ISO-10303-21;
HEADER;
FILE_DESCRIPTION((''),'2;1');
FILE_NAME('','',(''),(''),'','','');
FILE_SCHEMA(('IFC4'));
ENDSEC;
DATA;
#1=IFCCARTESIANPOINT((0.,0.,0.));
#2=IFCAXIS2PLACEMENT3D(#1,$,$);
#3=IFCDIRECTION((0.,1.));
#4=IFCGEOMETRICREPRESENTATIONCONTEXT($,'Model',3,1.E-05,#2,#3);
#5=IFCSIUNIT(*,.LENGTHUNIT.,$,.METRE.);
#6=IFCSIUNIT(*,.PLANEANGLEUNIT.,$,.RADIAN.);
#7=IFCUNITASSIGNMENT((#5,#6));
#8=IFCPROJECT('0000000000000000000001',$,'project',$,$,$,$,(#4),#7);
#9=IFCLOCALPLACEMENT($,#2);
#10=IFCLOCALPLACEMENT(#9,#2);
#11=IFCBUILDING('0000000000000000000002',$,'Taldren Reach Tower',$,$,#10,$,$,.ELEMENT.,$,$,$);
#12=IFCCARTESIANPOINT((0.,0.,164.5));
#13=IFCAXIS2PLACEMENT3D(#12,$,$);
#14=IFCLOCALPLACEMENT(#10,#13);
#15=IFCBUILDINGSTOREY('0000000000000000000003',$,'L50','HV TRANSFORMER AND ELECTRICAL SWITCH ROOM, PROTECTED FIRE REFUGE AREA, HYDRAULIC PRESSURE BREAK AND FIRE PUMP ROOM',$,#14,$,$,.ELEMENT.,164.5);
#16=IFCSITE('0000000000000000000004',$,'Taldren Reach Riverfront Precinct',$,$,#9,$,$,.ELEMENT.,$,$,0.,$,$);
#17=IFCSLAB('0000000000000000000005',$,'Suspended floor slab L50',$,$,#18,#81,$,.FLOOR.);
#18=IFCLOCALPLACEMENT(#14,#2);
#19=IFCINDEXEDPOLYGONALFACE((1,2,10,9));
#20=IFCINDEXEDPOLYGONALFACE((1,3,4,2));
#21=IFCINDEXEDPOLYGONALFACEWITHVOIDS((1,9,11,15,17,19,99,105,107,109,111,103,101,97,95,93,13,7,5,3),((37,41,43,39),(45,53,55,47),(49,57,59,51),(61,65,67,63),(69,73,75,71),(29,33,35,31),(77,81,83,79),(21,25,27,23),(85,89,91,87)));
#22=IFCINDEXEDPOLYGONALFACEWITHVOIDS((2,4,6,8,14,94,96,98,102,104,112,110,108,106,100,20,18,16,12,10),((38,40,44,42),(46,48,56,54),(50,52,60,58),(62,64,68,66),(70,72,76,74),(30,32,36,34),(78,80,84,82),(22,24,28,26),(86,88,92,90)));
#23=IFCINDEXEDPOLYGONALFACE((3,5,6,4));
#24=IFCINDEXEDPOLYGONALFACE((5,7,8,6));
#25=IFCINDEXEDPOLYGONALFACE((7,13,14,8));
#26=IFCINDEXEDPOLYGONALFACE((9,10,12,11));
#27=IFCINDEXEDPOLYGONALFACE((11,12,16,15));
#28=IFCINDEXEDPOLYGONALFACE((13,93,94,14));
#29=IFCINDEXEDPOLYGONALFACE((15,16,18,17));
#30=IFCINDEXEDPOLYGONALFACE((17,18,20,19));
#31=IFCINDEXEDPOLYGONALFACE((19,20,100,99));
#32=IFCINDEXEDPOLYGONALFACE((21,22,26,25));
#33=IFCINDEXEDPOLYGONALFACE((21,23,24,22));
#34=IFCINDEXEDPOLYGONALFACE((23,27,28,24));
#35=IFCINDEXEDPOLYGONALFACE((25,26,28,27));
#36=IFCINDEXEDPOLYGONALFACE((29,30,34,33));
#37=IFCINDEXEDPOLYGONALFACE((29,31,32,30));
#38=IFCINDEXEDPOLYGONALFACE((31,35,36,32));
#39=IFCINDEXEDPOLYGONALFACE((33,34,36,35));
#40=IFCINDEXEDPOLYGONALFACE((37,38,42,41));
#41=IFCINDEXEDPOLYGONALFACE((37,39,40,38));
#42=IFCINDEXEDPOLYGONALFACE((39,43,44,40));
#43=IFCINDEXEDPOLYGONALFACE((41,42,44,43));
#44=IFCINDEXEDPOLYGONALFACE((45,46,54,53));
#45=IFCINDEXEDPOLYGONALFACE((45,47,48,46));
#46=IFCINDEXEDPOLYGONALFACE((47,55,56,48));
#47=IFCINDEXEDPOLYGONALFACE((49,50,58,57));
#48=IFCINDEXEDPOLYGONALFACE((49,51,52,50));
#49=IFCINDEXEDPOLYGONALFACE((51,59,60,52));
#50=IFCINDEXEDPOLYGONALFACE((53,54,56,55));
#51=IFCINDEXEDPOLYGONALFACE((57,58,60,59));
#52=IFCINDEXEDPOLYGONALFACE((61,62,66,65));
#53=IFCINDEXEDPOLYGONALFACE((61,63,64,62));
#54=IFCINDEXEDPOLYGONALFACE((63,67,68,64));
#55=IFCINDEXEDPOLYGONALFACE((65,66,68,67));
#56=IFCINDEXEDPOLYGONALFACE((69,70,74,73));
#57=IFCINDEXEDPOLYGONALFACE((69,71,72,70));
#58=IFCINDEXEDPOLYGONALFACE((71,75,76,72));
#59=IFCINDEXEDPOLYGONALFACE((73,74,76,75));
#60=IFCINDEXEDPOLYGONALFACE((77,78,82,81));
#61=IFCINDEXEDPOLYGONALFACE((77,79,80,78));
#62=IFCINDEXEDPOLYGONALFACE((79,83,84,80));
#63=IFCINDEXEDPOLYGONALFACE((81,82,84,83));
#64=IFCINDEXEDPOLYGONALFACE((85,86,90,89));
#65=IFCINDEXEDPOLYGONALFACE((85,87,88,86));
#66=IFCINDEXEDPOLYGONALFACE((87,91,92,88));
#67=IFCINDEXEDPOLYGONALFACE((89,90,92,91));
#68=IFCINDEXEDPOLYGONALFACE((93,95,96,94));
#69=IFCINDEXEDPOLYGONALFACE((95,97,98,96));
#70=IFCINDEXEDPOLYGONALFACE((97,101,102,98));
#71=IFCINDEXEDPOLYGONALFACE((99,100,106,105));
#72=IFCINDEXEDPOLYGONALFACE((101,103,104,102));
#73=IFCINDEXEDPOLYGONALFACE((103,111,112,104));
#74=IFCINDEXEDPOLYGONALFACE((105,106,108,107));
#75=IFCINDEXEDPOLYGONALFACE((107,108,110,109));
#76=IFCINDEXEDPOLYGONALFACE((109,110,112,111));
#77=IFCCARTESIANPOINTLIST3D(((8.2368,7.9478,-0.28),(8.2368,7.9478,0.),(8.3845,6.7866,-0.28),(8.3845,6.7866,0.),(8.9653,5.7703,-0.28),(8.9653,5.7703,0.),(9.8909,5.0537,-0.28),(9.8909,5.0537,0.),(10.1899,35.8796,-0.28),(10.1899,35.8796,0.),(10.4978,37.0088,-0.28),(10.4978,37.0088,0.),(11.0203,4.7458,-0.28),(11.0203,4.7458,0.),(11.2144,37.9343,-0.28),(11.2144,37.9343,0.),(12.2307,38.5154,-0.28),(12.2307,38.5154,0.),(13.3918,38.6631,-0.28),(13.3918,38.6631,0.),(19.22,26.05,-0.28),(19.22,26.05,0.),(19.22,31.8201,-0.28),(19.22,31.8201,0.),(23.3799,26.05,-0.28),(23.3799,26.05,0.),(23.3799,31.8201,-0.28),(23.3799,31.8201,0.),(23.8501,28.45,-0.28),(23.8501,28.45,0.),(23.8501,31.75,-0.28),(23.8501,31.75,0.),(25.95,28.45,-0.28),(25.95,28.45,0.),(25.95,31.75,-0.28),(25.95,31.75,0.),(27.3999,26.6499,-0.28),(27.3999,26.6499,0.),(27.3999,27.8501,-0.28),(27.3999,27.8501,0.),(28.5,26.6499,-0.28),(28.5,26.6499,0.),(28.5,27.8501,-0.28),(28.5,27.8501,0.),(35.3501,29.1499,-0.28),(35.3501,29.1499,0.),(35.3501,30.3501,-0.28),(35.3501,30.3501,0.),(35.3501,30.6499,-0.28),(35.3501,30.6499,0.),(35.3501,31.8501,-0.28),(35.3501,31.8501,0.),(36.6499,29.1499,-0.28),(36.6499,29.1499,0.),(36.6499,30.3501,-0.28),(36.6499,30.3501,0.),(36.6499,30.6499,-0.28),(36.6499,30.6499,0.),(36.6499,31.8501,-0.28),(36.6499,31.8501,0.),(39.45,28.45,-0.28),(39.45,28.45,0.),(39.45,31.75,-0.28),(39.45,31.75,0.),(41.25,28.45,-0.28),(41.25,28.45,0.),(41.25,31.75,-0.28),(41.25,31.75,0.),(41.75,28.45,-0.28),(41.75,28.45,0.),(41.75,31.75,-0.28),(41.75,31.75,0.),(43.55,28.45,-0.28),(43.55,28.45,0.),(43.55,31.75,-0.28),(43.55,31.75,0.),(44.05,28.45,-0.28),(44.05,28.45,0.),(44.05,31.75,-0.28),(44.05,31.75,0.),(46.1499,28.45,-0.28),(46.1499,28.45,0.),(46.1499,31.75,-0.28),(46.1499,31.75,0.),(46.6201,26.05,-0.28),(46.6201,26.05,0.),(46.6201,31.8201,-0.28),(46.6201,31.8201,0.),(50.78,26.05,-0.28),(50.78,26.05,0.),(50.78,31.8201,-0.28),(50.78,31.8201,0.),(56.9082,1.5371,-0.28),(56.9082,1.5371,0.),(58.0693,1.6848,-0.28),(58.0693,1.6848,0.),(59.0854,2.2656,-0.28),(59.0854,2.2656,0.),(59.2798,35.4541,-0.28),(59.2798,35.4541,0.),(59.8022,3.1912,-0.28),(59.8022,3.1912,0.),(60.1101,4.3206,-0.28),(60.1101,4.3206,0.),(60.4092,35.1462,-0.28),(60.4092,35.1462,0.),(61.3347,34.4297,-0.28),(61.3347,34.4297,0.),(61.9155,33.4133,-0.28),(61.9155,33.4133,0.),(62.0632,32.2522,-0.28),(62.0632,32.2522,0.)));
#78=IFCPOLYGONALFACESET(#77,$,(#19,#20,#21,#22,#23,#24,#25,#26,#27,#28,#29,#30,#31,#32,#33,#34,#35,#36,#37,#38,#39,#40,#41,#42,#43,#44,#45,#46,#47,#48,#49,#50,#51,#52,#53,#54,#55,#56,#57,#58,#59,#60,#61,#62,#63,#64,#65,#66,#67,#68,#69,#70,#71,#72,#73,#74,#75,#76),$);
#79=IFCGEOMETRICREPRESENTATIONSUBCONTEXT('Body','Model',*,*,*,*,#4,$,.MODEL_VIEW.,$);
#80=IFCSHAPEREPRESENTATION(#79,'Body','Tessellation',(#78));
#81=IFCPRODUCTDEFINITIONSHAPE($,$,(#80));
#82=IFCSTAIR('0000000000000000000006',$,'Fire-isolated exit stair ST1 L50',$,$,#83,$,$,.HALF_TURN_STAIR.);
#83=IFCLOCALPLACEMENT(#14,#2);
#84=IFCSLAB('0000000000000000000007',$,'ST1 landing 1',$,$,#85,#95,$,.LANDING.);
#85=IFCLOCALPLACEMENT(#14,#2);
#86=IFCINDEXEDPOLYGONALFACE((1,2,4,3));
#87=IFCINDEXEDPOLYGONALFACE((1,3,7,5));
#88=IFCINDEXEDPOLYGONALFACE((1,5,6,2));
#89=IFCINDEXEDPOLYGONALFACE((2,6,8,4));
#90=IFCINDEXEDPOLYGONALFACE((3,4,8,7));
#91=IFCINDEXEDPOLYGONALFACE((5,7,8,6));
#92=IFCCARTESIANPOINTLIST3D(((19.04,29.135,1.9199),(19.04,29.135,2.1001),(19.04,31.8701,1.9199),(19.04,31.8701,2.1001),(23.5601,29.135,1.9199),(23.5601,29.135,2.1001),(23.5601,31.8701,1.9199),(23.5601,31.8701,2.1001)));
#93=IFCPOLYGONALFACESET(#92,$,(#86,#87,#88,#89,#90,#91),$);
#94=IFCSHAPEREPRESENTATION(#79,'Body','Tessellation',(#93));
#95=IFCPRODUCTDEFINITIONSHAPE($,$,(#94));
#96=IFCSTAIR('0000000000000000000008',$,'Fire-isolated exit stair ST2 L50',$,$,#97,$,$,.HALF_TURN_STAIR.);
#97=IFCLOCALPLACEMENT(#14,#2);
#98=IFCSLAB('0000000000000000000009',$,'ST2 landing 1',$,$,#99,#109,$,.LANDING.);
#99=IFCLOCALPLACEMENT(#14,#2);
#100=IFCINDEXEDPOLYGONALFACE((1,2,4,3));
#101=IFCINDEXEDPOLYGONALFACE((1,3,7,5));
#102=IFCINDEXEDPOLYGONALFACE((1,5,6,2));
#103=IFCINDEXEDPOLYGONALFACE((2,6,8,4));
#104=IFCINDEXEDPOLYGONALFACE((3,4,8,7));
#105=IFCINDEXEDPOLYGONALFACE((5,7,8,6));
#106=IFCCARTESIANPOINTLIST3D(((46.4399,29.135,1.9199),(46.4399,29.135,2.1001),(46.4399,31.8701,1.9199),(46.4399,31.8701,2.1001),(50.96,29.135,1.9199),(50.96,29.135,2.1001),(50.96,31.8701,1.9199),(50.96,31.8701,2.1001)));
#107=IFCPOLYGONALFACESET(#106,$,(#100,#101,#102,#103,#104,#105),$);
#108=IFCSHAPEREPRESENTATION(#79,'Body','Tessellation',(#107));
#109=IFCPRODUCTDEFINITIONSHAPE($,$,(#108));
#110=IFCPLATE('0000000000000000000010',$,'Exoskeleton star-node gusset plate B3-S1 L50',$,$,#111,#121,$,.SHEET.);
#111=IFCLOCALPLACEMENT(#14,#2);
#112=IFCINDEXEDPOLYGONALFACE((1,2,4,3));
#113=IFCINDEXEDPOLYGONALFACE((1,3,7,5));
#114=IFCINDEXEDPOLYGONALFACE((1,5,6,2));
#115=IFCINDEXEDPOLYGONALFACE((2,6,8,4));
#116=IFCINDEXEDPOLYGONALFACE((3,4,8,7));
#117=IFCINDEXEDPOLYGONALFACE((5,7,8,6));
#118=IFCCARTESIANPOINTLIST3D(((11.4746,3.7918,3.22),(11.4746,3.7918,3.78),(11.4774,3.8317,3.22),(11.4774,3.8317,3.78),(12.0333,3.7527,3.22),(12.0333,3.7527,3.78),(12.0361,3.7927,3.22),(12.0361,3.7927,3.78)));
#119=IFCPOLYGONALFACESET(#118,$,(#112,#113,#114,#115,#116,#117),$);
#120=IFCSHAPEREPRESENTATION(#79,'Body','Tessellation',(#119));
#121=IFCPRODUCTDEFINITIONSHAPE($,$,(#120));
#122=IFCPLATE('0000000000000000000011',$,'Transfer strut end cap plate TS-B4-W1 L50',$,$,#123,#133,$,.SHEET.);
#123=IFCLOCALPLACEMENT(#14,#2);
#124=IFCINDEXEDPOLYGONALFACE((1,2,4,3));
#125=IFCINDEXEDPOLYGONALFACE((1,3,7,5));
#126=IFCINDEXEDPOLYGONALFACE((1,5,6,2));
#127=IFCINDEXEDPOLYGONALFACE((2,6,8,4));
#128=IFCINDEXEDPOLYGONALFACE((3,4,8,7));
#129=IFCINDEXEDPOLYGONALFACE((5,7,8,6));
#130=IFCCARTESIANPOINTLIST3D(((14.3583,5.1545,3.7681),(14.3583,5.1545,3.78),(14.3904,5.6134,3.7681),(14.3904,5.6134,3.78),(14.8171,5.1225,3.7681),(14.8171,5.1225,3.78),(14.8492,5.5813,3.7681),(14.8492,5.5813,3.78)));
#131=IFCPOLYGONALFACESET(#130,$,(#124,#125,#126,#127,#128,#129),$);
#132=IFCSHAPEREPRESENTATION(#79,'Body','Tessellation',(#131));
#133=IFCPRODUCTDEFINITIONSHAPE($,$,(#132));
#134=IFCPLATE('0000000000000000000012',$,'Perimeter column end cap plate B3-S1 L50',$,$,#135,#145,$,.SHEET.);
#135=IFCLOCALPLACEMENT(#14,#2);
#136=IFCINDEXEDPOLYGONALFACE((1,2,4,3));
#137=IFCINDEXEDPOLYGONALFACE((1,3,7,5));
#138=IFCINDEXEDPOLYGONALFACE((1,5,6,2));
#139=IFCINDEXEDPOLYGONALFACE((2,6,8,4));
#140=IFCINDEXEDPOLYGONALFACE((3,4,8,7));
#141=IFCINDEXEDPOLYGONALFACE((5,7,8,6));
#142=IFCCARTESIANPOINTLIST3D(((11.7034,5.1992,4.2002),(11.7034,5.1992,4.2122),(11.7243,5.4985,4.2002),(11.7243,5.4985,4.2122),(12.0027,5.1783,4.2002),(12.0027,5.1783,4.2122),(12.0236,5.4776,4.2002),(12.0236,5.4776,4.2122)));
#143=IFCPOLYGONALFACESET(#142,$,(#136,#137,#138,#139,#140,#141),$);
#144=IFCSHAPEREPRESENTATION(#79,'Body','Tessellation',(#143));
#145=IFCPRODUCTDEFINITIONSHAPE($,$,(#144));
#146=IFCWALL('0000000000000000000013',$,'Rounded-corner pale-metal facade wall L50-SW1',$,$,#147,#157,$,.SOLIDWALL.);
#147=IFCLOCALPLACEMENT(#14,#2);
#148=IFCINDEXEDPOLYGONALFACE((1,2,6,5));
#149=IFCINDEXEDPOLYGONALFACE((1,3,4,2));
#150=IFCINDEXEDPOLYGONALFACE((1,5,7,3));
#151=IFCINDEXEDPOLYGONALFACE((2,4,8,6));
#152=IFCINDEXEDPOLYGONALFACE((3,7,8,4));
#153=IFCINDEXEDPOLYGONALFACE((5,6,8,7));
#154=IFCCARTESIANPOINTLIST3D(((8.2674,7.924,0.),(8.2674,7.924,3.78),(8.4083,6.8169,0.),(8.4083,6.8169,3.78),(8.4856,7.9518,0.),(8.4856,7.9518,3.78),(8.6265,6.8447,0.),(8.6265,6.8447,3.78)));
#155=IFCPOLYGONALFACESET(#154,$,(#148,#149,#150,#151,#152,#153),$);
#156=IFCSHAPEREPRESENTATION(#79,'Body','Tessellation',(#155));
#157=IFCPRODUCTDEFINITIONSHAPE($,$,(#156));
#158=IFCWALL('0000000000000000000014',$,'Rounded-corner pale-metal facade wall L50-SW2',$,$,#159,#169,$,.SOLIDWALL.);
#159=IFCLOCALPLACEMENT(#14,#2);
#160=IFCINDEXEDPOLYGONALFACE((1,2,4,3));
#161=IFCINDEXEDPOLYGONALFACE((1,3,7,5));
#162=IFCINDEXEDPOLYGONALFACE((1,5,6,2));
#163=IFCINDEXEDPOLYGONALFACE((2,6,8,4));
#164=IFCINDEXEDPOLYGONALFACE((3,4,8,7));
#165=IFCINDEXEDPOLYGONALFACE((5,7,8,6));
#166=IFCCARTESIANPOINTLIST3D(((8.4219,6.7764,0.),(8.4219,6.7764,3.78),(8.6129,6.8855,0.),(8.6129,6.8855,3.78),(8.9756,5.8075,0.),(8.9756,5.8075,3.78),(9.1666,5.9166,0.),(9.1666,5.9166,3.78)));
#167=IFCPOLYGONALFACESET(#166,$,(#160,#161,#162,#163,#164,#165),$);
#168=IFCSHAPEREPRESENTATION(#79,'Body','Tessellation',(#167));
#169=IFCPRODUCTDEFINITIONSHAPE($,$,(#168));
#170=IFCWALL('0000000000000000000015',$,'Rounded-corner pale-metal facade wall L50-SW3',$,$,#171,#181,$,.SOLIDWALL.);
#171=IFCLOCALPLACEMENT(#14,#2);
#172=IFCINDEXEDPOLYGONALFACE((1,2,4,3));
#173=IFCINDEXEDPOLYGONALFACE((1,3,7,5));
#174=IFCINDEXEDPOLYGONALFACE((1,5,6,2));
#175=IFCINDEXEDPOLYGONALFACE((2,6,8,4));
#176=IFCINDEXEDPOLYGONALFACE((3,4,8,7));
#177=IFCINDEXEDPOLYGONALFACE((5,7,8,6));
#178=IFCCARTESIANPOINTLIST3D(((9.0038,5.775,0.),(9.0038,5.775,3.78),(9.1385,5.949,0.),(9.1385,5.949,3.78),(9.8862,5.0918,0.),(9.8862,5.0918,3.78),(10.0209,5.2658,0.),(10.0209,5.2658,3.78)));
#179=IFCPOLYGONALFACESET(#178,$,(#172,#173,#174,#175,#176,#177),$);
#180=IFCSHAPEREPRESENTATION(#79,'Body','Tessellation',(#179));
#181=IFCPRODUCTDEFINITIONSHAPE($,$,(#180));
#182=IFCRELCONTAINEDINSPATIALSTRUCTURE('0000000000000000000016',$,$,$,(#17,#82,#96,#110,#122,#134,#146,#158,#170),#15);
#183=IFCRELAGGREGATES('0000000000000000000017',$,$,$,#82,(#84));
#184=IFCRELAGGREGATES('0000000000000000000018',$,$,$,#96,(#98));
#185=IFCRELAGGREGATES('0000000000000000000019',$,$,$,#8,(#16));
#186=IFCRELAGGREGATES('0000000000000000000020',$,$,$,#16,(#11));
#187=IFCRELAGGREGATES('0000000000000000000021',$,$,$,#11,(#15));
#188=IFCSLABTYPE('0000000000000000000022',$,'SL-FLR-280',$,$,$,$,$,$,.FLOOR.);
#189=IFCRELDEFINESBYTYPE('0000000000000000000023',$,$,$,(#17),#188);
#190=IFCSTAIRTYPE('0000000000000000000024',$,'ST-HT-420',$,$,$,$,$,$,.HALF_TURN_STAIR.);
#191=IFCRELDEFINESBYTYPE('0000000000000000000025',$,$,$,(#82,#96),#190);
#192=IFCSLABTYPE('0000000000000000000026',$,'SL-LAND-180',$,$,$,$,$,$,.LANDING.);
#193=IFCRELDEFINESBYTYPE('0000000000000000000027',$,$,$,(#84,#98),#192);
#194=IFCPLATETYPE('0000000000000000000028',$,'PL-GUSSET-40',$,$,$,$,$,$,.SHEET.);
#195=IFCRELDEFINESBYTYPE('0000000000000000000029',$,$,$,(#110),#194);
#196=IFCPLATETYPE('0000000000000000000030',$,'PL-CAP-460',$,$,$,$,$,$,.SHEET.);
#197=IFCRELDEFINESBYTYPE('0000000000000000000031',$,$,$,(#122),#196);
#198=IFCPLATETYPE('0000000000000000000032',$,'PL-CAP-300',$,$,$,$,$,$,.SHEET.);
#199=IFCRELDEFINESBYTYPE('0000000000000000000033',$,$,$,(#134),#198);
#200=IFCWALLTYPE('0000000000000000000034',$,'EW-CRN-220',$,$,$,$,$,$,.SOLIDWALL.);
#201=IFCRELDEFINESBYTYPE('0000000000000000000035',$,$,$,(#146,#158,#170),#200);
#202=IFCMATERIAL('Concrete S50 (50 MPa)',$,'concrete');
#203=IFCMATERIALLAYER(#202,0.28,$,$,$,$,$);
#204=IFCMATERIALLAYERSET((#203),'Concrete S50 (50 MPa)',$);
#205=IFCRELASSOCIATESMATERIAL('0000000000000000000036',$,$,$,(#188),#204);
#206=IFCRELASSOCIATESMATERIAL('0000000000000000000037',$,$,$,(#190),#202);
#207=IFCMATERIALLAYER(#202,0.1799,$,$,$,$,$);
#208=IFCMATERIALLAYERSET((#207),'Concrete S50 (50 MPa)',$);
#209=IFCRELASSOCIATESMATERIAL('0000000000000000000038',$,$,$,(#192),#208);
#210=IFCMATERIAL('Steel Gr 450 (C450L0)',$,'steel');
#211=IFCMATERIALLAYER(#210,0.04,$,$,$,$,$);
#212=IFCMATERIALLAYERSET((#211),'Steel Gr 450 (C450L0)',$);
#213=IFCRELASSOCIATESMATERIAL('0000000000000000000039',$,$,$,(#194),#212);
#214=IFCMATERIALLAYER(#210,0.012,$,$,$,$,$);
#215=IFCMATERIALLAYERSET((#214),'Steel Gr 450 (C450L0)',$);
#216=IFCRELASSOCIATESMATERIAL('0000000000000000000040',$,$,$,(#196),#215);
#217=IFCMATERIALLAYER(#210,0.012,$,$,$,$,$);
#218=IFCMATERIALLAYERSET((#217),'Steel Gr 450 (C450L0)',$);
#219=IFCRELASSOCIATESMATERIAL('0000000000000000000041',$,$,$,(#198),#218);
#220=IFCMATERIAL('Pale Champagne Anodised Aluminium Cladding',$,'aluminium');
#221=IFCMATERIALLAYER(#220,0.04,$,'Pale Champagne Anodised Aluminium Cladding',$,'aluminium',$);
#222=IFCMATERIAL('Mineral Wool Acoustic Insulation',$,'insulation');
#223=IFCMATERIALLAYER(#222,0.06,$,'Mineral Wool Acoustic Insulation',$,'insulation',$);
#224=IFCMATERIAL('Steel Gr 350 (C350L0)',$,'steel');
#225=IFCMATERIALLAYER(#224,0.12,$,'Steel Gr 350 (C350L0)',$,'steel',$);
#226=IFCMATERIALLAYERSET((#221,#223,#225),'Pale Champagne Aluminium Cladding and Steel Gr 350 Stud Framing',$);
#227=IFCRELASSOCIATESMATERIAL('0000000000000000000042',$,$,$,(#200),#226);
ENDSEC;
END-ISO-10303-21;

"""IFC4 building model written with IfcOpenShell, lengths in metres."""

from ifc_helpers import new_model, si_unit, direction, frame, frame_2d, origin, origin_2d, place, context, subcontext, project, spatial, polyline, rectangle, outline, extrude, source, transform, mapped, material, layer, layer_set, type_object, element, aggregate, save


model = new_model("IFC4")

# Units and contexts
model_context = context("Model", 3, precision=1e-05, world=origin(), true_north=direction((0.0, 1.0)))
body_context = subcontext(model_context, "Body", "Model", "MODEL_VIEW")
ifc_project = project(units=[si_unit("LENGTHUNIT", "METRE"), si_unit("PLANEANGLEUNIT", "RADIAN")], contexts=[model_context])

# Site, building, storey
site_placement = place(None, origin())
site = spatial("IfcSite", under=ifc_project, at=site_placement, Name="Taldren Reach Riverfront Precinct", CompositionType="ELEMENT", RefElevation=0.0)
building_placement = place(site_placement, origin())
building = spatial("IfcBuilding", under=site, at=building_placement, Name="Taldren Reach Tower", CompositionType="ELEMENT")
storey_placement = place(building_placement, frame((0.0, 0.0, 164.5)))
storey = spatial("IfcBuildingStorey", under=building, at=storey_placement, Name="L50", Description="HV TRANSFORMER AND ELECTRICAL SWITCH ROOM, PROTECTED FIRE REFUGE AREA, HYDRAULIC PRESSURE BREAK AND FIRE PUMP ROOM", CompositionType="ELEMENT", Elevation=164.5)

# Shared definitions
ifc_material_1 = material(Name="Steel Gr 450 (C450L0)", Category="steel")

# Shared definitions
ifc_material_2 = material(Name="Steel Gr 350 (C350L0)", Category="steel")

# Slab
ifc_material_3 = material(Name="Concrete S50 (50 MPa)", Category="concrete")
ifc_layer_1 = layer(ifc_material_3, 0.28)
ifc_layer_set_1 = layer_set([ifc_layer_1], Name="Concrete S50 (50 MPa)")
slab_type_1 = type_object("IfcSlabType", Name="SL-FLR-280", PredefinedType="FLOOR", material=ifc_layer_set_1)
slab_1_placement = place(storey_placement, frame((0.0, 0.0, -0.28)))
element("IfcSlab", 1, at=slab_1_placement, inside=storey, type_object=slab_type_1, Name="Suspended floor slab L50", PredefinedType="FLOOR", context=body_context, shape_type="SweptSolid", body=[
    extrude(outline(polyline([(56.9082, 1.5371), (58.0693, 1.6848), (59.0854, 2.2656), (59.8022, 3.1912), (60.1101, 4.3206), (62.0632, 32.2522), (61.9155, 33.4133), (61.3347, 34.4297), (60.4092, 35.1462), (59.2798, 35.4541), (13.3918, 38.6631), (12.2307, 38.5154), (11.2144, 37.9343), (10.4978, 37.0088), (10.1899, 35.8796), (8.2368, 7.9478), (8.3845, 6.7866), (8.9653, 5.7703), (9.8909, 5.0537), (11.0203, 4.7458), (56.9082, 1.5371)]), holes=[polyline([(19.22, 26.05), (23.3799, 26.05), (23.3799, 31.8201), (19.22, 31.8201), (19.22, 26.05)]), polyline([(46.6201, 26.05), (50.78, 26.05), (50.78, 31.8201), (46.6201, 31.8201), (46.6201, 26.05)]), polyline([(23.8501, 28.45), (25.95, 28.45), (25.95, 31.75), (23.8501, 31.75), (23.8501, 28.45)]), polyline([(44.05, 28.45), (46.1499, 28.45), (46.1499, 31.75), (44.05, 31.75), (44.05, 28.45)]), polyline([(39.45, 28.45), (41.25, 28.45), (41.25, 31.75), (39.45, 31.75), (39.45, 28.45)]), polyline([(41.75, 28.45), (43.55, 28.45), (43.55, 31.75), (41.75, 31.75), (41.75, 28.45)]), polyline([(35.3501, 30.6499), (36.6499, 30.6499), (36.6499, 31.8501), (35.3501, 31.8501), (35.3501, 30.6499)]), polyline([(35.3501, 29.1499), (36.6499, 29.1499), (36.6499, 30.3501), (35.3501, 30.3501), (35.3501, 29.1499)]), polyline([(27.3999, 26.6499), (28.5, 26.6499), (28.5, 27.8501), (27.3999, 27.8501), (27.3999, 26.6499)])]), origin(), (0.0, 0.0, 1.0), 0.28),
])

# Stairs, slabs
stair_type = type_object("IfcStairType", Name="ST-HT-420", PredefinedType="HALF_TURN_STAIR", material=ifc_material_3)
stair_1_placement = place(storey_placement, origin())
stair_1 = element("IfcStair", 2, at=stair_1_placement, inside=storey, type_object=stair_type, Name="Fire-isolated exit stair ST1 L50", PredefinedType="HALF_TURN_STAIR")
ifc_layer_2 = layer(ifc_material_3, 0.1799)
ifc_layer_set_2 = layer_set([ifc_layer_2], Name="Concrete S50 (50 MPa)")
slab_type_2 = type_object("IfcSlabType", Name="SL-LAND-180", PredefinedType="LANDING", material=ifc_layer_set_2)
slab_2_placement = place(storey_placement, frame((0.0, 0.0, 1.9199)))
slab_2 = element("IfcSlab", 3, at=slab_2_placement, type_object=slab_type_2, Name="ST1 landing 1", PredefinedType="LANDING", context=body_context, shape_type="SweptSolid", body=[
    extrude(outline(polyline([(19.04, 29.135), (23.5601, 29.135), (23.5601, 31.8701), (19.04, 31.8701), (19.04, 29.135)])), origin(), (0.0, 0.0, 1.0), 0.1802),
])
aggregate(stair_1, [slab_2])
stair_2_placement = place(storey_placement, origin())
stair_2 = element("IfcStair", 4, at=stair_2_placement, inside=storey, type_object=stair_type, Name="Fire-isolated exit stair ST2 L50", PredefinedType="HALF_TURN_STAIR")
slab_3_placement = place(storey_placement, frame((0.0, 0.0, 1.9199)))
slab_3 = element("IfcSlab", 5, at=slab_3_placement, type_object=slab_type_2, Name="ST2 landing 1", PredefinedType="LANDING", context=body_context, shape_type="SweptSolid", body=[
    extrude(outline(polyline([(46.4399, 29.135), (50.96, 29.135), (50.96, 31.8701), (46.4399, 31.8701), (46.4399, 29.135)])), origin(), (0.0, 0.0, 1.0), 0.1802),
])
aggregate(stair_2, [slab_3])

# Plates
ifc_layer_3 = layer(ifc_material_1, 0.04)
ifc_layer_set_3 = layer_set([ifc_layer_3], Name="Steel Gr 450 (C450L0)")
plate_type_1 = type_object("IfcPlateType", Name="PL-GUSSET-40", PredefinedType="SHEET", material=ifc_layer_set_3)
shared_shape_1 = source(origin(), body_context, "Body", "SweptSolid", [
    extrude(rectangle(XDim=0.5601, YDim=0.04, at=origin_2d()), origin(), (0.0, 0.0, 1.0), 0.5601),
])
plate_1_placement = place(storey_placement, frame((11.7554, 3.7922, 3.22), z_axis=(0.0, 0.0, 1.0), x_axis=(0.997564, -0.069756, 0.0)))
element("IfcPlate", 6, at=plate_1_placement, inside=storey, type_object=plate_type_1, Name="Exoskeleton star-node gusset plate B3-S1 L50", PredefinedType="SHEET", context=body_context, shape_type="MappedRepresentation", body=[
    mapped(shared_shape_1, transform((0.0, 0.0, 0.0), scale=1.0)),
])
ifc_layer_4 = layer(ifc_material_1, 0.012)
ifc_layer_set_4 = layer_set([ifc_layer_4], Name="Steel Gr 450 (C450L0)")
plate_type_2 = type_object("IfcPlateType", Name="PL-CAP-460", PredefinedType="SHEET", material=ifc_layer_set_4)
shared_shape_2 = source(origin(), body_context, "Body", "SweptSolid", [
    extrude(rectangle(XDim=0.46, YDim=0.46, at=origin_2d()), origin(), (0.0, 0.0, 1.0), 0.012),
])
plate_2_placement = place(storey_placement, frame((14.6038, 5.3679, 3.7681), z_axis=(0.0, 0.0, 1.0), x_axis=(0.997564, -0.069756, 0.0)))
element("IfcPlate", 7, at=plate_2_placement, inside=storey, type_object=plate_type_2, Name="Transfer strut end cap plate TS-B4-W1 L50", PredefinedType="SHEET", context=body_context, shape_type="MappedRepresentation", body=[
    mapped(shared_shape_2, transform((0.0, 0.0, 0.0), scale=1.0)),
])
ifc_layer_5 = layer(ifc_material_1, 0.012)
ifc_layer_set_5 = layer_set([ifc_layer_5], Name="Steel Gr 450 (C450L0)")
plate_type_3 = type_object("IfcPlateType", Name="PL-CAP-300", PredefinedType="SHEET", material=ifc_layer_set_5)
shared_shape_3 = source(origin(), body_context, "Body", "SweptSolid", [
    extrude(rectangle(XDim=0.3, YDim=0.3, at=origin_2d()), origin(), (0.0, 0.0, 1.0), 0.012),
])
plate_3_placement = place(storey_placement, frame((11.8635, 5.3384, 4.2002), z_axis=(0.0, 0.0, 1.0), x_axis=(0.997564, -0.069756, 0.0)))
element("IfcPlate", 8, at=plate_3_placement, inside=storey, type_object=plate_type_3, Name="Perimeter column end cap plate B3-S1 L50", PredefinedType="SHEET", context=body_context, shape_type="MappedRepresentation", body=[
    mapped(shared_shape_3, transform((0.0, 0.0, 0.0), scale=1.0)),
])

# Walls
ifc_material_4 = material(Name="Pale Champagne Anodised Aluminium Cladding", Category="aluminium")
ifc_layer_6 = layer(ifc_material_4, 0.04, Name="Pale Champagne Anodised Aluminium Cladding", Category="aluminium")
ifc_material_5 = material(Name="Mineral Wool Acoustic Insulation", Category="insulation")
ifc_layer_7 = layer(ifc_material_5, 0.06, Name="Mineral Wool Acoustic Insulation", Category="insulation")
ifc_layer_8 = layer(ifc_material_2, 0.12, Name="Steel Gr 350 (C350L0)", Category="steel")
ifc_layer_set_6 = layer_set([ifc_layer_6, ifc_layer_7, ifc_layer_8], Name="Pale Champagne Aluminium Cladding and Steel Gr 350 Stud Framing")
wall_type_1 = type_object("IfcWallType", Name="EW-CRN-220", PredefinedType="SOLIDWALL", material=ifc_layer_set_6)
shared_shape_4 = source(origin(), body_context, "Body", "SweptSolid", [
    extrude(rectangle(XDim=1.116, YDim=0.22, at=frame_2d((0.5581, 0.0))), origin(), (0.0, 0.0, 1.0), 3.78),
])
for number, where, z_axis, x_axis, name in (
    (9, (8.3765, 7.938, 0.0), (0.0, 0.0, 1.0), (0.126243, -0.991999, 0.0), "Rounded-corner pale-metal facade wall L50-SW1"),
    (10, (8.5173, 6.8311, 0.0), (0.0, 0.0, 1.0), (0.496139, -0.868243, 0.0), "Rounded-corner pale-metal facade wall L50-SW2"),
    (11, (9.071, 5.8621, 0.0), (0.0, 0.0, 1.0), (0.790717, -0.612182, 0.0), "Rounded-corner pale-metal facade wall L50-SW3"),
):
    element("IfcWall", number, at=place(storey_placement, frame(where, z_axis=z_axis, x_axis=x_axis)), inside=storey, type_object=wall_type_1, Name=name, PredefinedType="SOLIDWALL", context=body_context, shape_type="MappedRepresentation", body=[
        mapped(shared_shape_4, transform((0.0, 0.0, 0.0), scale=1.0)),
    ])

save(model, "model.ifc")
